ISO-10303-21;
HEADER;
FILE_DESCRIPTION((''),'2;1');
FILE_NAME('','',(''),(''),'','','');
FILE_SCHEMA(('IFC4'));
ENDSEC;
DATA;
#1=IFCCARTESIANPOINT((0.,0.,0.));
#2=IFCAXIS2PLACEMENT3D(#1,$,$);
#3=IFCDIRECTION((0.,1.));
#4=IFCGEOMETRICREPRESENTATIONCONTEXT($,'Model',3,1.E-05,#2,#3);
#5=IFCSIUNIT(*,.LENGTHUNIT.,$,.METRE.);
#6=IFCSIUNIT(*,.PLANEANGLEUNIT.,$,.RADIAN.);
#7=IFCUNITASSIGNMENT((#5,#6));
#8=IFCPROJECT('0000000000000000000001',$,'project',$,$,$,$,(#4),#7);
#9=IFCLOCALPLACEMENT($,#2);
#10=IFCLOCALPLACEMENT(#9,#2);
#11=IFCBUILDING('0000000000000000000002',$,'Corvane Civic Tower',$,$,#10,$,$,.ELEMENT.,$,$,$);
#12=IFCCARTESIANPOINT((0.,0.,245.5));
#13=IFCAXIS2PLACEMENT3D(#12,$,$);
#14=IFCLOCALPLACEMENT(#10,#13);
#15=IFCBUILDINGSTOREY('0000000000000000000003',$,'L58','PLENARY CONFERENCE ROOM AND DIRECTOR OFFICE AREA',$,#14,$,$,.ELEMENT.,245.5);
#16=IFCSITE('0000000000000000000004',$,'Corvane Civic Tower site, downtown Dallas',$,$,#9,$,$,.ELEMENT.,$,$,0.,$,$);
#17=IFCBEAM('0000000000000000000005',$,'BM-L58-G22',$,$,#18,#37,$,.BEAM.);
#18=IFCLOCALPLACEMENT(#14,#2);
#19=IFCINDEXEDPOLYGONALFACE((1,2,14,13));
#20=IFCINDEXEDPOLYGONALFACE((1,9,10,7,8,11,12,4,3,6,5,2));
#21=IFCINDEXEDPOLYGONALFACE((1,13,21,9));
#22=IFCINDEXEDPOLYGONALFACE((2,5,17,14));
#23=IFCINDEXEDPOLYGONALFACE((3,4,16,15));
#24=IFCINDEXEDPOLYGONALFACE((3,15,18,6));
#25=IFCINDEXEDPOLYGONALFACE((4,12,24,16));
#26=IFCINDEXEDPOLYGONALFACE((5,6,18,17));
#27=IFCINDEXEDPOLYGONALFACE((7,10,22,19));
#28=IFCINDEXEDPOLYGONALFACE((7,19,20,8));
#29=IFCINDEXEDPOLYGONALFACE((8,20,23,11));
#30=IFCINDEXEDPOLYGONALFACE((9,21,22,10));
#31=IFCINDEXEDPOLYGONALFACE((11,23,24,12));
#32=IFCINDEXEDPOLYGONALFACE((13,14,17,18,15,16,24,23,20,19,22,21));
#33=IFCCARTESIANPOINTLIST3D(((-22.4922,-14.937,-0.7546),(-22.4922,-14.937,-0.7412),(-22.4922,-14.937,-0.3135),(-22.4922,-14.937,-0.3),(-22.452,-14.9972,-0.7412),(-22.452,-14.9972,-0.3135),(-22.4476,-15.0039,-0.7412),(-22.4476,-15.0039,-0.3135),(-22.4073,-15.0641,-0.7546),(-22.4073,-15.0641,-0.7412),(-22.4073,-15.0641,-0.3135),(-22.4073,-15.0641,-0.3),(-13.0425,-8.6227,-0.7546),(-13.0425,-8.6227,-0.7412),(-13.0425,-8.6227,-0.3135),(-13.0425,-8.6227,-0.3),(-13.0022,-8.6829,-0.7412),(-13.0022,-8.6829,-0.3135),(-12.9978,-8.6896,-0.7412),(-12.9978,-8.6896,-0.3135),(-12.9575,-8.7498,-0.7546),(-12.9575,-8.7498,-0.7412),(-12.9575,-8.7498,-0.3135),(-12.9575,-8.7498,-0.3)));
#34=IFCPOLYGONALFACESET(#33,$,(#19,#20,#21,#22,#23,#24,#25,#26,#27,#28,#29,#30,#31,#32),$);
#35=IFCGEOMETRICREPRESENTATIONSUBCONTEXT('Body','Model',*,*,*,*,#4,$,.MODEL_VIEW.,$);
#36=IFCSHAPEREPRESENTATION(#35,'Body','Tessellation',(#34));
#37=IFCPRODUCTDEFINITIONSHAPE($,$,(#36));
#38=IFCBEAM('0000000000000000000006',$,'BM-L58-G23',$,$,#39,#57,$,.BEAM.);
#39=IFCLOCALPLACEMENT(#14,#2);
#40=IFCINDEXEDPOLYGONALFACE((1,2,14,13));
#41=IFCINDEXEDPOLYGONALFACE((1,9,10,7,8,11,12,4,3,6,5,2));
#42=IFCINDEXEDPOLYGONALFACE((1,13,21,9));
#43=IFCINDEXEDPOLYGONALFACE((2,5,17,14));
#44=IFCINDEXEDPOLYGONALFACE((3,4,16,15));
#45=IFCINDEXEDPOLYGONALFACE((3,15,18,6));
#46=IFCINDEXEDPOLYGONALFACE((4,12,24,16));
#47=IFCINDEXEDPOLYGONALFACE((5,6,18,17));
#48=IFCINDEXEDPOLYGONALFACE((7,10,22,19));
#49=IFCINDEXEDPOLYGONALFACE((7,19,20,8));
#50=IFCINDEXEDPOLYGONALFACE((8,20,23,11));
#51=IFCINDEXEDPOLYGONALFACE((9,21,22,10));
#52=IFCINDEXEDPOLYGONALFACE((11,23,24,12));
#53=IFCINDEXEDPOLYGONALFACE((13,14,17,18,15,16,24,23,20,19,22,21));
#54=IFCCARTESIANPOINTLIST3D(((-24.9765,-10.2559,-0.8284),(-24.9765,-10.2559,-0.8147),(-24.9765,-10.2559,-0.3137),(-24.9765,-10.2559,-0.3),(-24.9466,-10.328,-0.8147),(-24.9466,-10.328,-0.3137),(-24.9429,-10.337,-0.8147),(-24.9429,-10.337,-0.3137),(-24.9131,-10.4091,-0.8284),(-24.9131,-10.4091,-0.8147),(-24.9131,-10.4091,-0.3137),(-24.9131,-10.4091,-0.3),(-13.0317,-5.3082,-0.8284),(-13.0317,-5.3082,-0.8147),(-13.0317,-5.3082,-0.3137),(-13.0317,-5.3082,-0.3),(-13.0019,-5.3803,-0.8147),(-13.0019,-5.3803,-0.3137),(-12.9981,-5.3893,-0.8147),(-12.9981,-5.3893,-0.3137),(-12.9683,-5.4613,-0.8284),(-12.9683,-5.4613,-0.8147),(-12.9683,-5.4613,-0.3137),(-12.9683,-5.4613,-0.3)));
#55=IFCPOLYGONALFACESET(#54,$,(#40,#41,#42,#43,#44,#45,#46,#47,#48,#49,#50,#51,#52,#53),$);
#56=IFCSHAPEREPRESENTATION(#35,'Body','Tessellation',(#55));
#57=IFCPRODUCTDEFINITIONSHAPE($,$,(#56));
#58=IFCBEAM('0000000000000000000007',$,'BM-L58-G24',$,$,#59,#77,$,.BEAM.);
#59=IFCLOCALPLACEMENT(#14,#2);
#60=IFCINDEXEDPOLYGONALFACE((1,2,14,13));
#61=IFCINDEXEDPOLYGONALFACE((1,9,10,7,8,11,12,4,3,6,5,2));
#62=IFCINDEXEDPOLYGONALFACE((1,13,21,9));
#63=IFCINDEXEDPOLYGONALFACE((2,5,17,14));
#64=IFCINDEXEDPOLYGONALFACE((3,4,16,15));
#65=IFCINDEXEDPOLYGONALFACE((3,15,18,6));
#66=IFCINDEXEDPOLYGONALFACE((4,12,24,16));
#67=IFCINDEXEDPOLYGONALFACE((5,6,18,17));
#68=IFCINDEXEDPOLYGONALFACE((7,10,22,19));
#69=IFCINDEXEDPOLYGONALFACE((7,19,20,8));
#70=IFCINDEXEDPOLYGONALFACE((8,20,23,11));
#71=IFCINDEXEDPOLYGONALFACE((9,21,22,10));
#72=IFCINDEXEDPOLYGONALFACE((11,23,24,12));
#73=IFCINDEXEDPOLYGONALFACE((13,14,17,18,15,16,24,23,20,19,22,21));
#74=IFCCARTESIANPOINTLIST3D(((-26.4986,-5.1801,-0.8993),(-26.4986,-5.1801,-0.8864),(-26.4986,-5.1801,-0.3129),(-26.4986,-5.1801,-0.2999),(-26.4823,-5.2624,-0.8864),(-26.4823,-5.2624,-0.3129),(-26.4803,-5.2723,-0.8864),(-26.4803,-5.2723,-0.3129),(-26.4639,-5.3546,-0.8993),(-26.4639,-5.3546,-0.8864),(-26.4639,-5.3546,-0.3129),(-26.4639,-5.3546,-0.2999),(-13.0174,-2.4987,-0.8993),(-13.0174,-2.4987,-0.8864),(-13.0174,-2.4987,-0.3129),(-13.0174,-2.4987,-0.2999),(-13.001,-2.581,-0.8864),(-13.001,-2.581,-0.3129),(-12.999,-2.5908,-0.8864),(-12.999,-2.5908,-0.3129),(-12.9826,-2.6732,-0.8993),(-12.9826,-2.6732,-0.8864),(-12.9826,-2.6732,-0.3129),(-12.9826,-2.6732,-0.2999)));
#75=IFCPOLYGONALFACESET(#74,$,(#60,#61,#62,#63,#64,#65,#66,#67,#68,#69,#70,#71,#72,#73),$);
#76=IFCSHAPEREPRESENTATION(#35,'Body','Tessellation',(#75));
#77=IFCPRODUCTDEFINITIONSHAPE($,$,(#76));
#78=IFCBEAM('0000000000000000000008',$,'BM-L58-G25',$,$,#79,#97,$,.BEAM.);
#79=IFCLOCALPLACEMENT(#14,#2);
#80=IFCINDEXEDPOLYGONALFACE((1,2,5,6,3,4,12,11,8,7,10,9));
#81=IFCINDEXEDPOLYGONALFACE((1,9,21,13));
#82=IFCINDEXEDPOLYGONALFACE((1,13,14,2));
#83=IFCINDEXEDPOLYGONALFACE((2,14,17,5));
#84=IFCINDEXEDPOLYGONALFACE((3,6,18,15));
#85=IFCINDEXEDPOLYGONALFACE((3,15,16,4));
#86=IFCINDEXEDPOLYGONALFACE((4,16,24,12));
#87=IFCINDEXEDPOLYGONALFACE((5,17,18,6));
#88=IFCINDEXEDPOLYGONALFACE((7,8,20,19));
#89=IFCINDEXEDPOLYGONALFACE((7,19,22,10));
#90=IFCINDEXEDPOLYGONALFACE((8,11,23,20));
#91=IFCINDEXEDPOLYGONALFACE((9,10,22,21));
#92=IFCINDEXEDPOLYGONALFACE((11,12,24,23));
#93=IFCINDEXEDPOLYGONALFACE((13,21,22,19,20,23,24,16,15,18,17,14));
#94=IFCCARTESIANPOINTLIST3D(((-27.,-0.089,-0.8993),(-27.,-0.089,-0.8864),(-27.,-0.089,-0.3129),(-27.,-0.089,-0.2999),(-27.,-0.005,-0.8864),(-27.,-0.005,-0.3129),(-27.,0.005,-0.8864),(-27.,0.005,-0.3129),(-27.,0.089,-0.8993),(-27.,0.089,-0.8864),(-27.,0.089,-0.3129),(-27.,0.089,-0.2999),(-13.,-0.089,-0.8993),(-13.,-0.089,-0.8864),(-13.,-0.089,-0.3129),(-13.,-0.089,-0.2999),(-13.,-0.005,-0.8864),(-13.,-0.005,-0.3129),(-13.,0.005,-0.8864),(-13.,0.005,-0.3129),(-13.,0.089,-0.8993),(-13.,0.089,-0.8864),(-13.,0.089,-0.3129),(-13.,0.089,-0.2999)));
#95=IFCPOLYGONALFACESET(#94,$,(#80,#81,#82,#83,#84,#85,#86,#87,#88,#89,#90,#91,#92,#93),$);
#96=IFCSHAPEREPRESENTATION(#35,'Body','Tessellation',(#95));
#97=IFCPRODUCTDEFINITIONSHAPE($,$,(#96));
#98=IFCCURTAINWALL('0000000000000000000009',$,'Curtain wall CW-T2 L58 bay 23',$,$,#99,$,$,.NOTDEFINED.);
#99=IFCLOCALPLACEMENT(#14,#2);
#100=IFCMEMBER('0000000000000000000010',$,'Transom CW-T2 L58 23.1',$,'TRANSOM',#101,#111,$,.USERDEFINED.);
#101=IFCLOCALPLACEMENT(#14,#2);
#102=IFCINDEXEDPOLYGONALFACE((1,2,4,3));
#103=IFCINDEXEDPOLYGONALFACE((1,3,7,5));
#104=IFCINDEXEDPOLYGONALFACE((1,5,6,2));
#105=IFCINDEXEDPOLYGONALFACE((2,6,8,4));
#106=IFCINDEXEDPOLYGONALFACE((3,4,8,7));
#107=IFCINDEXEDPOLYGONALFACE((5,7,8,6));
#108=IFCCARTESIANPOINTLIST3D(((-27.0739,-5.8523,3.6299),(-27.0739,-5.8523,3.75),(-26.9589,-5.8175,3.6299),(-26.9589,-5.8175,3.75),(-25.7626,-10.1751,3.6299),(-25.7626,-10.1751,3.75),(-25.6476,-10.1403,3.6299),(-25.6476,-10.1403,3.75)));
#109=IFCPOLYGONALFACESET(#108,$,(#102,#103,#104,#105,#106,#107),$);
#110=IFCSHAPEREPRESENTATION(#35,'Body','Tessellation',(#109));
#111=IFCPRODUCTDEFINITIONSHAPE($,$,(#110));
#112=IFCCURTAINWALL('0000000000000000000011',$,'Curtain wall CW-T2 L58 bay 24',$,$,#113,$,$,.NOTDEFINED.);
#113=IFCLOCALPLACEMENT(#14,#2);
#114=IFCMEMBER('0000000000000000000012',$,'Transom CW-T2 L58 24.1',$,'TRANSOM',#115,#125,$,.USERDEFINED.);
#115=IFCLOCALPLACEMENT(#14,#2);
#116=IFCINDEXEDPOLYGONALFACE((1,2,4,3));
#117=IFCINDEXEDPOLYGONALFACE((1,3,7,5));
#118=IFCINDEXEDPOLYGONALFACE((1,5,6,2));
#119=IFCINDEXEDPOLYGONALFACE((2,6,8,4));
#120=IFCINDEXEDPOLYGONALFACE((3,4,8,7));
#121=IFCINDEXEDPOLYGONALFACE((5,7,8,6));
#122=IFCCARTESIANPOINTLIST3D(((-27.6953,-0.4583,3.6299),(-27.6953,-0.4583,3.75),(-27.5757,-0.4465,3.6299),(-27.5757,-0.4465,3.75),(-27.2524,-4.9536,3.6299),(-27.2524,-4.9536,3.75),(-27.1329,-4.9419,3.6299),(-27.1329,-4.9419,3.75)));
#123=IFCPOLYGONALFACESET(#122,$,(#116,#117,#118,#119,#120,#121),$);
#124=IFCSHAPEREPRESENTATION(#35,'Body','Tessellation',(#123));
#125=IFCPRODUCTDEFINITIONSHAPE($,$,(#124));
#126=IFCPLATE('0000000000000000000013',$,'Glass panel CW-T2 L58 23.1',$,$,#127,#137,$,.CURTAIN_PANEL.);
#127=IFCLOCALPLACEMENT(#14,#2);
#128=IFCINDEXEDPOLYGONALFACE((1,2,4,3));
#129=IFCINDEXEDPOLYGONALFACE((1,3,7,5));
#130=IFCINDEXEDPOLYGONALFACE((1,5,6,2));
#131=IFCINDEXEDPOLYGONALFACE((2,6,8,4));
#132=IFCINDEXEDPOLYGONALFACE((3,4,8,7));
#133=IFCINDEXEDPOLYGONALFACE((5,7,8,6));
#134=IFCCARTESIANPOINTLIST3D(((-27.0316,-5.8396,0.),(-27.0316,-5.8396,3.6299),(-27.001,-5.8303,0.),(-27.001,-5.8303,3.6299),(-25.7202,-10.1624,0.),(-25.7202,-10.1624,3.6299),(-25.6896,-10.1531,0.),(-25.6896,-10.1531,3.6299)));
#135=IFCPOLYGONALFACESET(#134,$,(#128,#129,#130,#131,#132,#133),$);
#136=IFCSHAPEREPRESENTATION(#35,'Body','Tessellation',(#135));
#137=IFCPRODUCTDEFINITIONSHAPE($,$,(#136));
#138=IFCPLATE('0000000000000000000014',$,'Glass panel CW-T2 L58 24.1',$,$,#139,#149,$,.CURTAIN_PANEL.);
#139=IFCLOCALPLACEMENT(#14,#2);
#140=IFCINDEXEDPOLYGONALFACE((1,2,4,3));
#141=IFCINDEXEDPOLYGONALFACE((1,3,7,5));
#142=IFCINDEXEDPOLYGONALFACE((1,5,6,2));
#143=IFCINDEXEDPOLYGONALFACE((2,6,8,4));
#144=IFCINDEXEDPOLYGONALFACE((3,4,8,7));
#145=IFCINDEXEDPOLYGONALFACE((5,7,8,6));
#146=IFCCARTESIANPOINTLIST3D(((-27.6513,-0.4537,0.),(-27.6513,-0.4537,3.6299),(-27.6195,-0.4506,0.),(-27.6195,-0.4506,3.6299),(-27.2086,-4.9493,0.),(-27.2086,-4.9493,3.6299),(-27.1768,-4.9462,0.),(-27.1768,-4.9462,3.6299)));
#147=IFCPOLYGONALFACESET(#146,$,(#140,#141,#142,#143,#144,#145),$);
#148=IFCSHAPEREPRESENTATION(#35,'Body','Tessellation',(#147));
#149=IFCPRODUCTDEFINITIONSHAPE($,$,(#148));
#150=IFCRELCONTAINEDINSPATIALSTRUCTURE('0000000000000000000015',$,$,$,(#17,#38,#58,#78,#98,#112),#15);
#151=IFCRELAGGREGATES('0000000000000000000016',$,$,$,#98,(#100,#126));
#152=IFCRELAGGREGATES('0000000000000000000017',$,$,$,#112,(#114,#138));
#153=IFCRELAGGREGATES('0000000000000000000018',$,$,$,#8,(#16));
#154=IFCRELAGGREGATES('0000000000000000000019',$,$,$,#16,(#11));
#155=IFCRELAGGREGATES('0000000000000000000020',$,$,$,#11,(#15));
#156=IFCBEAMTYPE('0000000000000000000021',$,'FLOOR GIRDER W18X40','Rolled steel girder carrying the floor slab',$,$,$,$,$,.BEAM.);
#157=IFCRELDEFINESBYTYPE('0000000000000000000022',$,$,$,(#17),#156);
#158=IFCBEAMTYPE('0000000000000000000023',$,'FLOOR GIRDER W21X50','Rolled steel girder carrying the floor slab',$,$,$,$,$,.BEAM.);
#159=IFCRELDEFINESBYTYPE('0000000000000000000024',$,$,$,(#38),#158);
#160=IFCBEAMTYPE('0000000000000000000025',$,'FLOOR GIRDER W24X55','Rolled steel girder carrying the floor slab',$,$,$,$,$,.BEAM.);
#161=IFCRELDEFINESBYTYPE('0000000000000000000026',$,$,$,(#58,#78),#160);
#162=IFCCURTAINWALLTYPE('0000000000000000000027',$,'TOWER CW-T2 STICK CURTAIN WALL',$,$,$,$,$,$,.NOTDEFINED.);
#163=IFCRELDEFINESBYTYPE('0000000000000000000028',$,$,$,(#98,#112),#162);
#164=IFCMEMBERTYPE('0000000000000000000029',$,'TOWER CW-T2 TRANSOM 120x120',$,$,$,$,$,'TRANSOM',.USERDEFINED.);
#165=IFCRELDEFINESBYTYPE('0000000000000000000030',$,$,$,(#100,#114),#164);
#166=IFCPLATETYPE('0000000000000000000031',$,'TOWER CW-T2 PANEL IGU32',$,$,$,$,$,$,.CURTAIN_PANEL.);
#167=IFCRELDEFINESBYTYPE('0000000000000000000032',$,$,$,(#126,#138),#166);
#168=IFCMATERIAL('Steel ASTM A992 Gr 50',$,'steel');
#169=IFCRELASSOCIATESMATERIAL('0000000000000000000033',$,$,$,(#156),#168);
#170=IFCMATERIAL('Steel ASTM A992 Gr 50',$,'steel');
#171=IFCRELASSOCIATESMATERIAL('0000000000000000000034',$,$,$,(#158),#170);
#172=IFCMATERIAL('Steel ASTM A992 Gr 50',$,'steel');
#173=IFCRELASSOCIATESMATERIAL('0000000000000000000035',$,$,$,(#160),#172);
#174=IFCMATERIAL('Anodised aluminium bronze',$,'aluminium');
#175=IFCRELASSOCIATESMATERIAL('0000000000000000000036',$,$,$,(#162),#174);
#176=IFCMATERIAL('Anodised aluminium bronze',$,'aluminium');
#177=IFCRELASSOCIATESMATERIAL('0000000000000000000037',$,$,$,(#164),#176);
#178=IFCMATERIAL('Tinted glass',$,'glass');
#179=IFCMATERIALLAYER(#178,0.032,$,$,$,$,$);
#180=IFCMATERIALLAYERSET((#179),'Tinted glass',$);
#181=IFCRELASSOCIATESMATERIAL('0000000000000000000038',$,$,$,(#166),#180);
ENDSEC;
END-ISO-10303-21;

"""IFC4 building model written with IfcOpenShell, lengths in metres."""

from ifc_helpers import new_model, si_unit, direction, frame, origin, origin_2d, place, context, subcontext, project, spatial, rectangle, i_section, extrude, material, layer, layer_set, material_profile, profile_set, type_object, element, aggregate, save


model = new_model("IFC4")

# Units and contexts
model_context = context("Model", 3, precision=1e-05, world=origin(), true_north=direction((0.0, 1.0)))
body_context = subcontext(model_context, "Body", "Model", "MODEL_VIEW")
ifc_project = project(units=[si_unit("LENGTHUNIT", "METRE"), si_unit("PLANEANGLEUNIT", "RADIAN")], contexts=[model_context])

# Site, building, storey
site_placement = place(None, origin())
site = spatial("IfcSite", under=ifc_project, at=site_placement, Name="Corvane Civic Tower site, downtown Dallas", CompositionType="ELEMENT", RefElevation=0.0)
building_placement = place(site_placement, origin())
building = spatial("IfcBuilding", under=site, at=building_placement, Name="Corvane Civic Tower", CompositionType="ELEMENT")
storey_placement = place(building_placement, frame((0.0, 0.0, 245.5)))
storey = spatial("IfcBuildingStorey", under=building, at=storey_placement, Name="L58", Description="PLENARY CONFERENCE ROOM AND DIRECTOR OFFICE AREA", CompositionType="ELEMENT", Elevation=245.5)

# Beams
ifc_material_1 = material(Name="Steel ASTM A992 Gr 50", Category="steel")
ifc_material_profile_1 = material_profile(ifc_material_1, i_section(OverallWidth=0.1528, OverallDepth=0.4546, WebThickness=0.0081, FlangeThickness=0.0134, at=origin_2d()), Name="W18X40")
ifc_profile_set_1 = profile_set([ifc_material_profile_1], Name="Steel ASTM A992 Gr 50")
beam_type_1 = type_object("IfcBeamType", Name="FLOOR GIRDER W18X40", Description="Rolled steel girder carrying the floor slab", PredefinedType="BEAM", material=ifc_profile_set_1)
beam_1_placement = place(storey_placement, frame((-13.0, -8.6863, -0.5273), z_axis=(-0.831465, -0.555577, 0.0), x_axis=(0.555577, -0.831465, 0.0)))
element("IfcBeam", 1, at=beam_1_placement, inside=storey, type_object=beam_type_1, Name="BM-L58-G22", PredefinedType="BEAM", context=body_context, shape_type="SweptSolid", body=[
    extrude(i_section(OverallWidth=0.1528, OverallDepth=0.4546, WebThickness=0.0081, FlangeThickness=0.0134, at=origin_2d()), origin(), (0.0, 0.0, 1.0), 11.3652),
])
ifc_material_2 = material(Name="Steel ASTM A992 Gr 50", Category="steel")
ifc_material_profile_2 = material_profile(ifc_material_2, i_section(OverallWidth=0.1658, OverallDepth=0.5283, WebThickness=0.0098, FlangeThickness=0.0137, at=origin_2d()), Name="W21X50")
ifc_profile_set_2 = profile_set([ifc_material_profile_2], Name="Steel ASTM A992 Gr 50")
beam_type_2 = type_object("IfcBeamType", Name="FLOOR GIRDER W21X50", Description="Rolled steel girder carrying the floor slab", PredefinedType="BEAM", material=ifc_profile_set_2)
beam_2_placement = place(storey_placement, frame((-13.0, -5.3848, -0.5642), z_axis=(-0.923878, -0.382686, 0.0), x_axis=(0.382686, -0.923878, 0.0)))
element("IfcBeam", 2, at=beam_2_placement, inside=storey, type_object=beam_type_2, Name="BM-L58-G23", PredefinedType="BEAM", context=body_context, shape_type="SweptSolid", body=[
    extrude(i_section(OverallWidth=0.1658, OverallDepth=0.5283, WebThickness=0.0098, FlangeThickness=0.0137, at=origin_2d()), origin(), (0.0, 0.0, 1.0), 12.929),
])
ifc_material_3 = material(Name="Steel ASTM A992 Gr 50", Category="steel")
ifc_material_profile_3 = material_profile(ifc_material_3, i_section(OverallWidth=0.178, OverallDepth=0.5994, WebThickness=0.01, FlangeThickness=0.0129, at=origin_2d()), Name="W24X55")
ifc_profile_set_3 = profile_set([ifc_material_profile_3], Name="Steel ASTM A992 Gr 50")
beam_type_3 = type_object("IfcBeamType", Name="FLOOR GIRDER W24X55", Description="Rolled steel girder carrying the floor slab", PredefinedType="BEAM", material=ifc_profile_set_3)
beam_3_placement = place(storey_placement, frame((-13.0, -2.5859, -0.5996), z_axis=(-0.980788, -0.195078, 0.0), x_axis=(0.195078, -0.980788, 0.0)))
element("IfcBeam", 3, at=beam_3_placement, inside=storey, type_object=beam_type_3, Name="BM-L58-G24", PredefinedType="BEAM", context=body_context, shape_type="SweptSolid", body=[
    extrude(i_section(OverallWidth=0.178, OverallDepth=0.5994, WebThickness=0.01, FlangeThickness=0.0129, at=origin_2d()), origin(), (0.0, 0.0, 1.0), 13.7454),
])
beam_4_placement = place(storey_placement, frame((-13.0, 0.0, -0.5996), z_axis=(-1.0, 0.0, 0.0), x_axis=(0.0, -1.0, 0.0)))
element("IfcBeam", 4, at=beam_4_placement, inside=storey, type_object=beam_type_3, Name="BM-L58-G25", PredefinedType="BEAM", context=body_context, shape_type="SweptSolid", body=[
    extrude(i_section(OverallWidth=0.178, OverallDepth=0.5994, WebThickness=0.01, FlangeThickness=0.0129, at=origin_2d()), origin(), (0.0, 0.0, 1.0), 14.0),
])

# Curtain walls, members
ifc_material_4 = material(Name="Anodised aluminium bronze", Category="aluminium")
curtain_wall_type = type_object("IfcCurtainWallType", Name="TOWER CW-T2 STICK CURTAIN WALL", PredefinedType="NOTDEFINED", material=ifc_material_4)
curtain_wall_1_placement = place(storey_placement, origin())
curtain_wall_1 = element("IfcCurtainWall", 5, at=curtain_wall_1_placement, inside=storey, type_object=curtain_wall_type, Name="Curtain wall CW-T2 L58 bay 23", PredefinedType="NOTDEFINED")
ifc_material_5 = material(Name="Anodised aluminium bronze", Category="aluminium")
ifc_material_profile_4 = material_profile(ifc_material_5, rectangle(XDim=0.1201, YDim=0.1201, at=origin_2d()), Name="TOWER CW-T2 TRANSOM 120x120")
ifc_profile_set_4 = profile_set([ifc_material_profile_4], Name="Anodised aluminium bronze")
member_type = type_object("IfcMemberType", Name="TOWER CW-T2 TRANSOM 120x120", ElementType="TRANSOM", PredefinedType="USERDEFINED", material=ifc_profile_set_4)
member_1_placement = place(storey_placement, frame((-25.7051, -10.1577, 3.6899), z_axis=(-0.290282, 0.956941, 0.0), x_axis=(-0.956941, -0.290282, 0.0)))
member_1 = element("IfcMember", 6, at=member_1_placement, type_object=member_type, Name="Transom CW-T2 L58 23.1", ObjectType="TRANSOM", PredefinedType="USERDEFINED", context=body_context, shape_type="SweptSolid", body=[
    extrude(rectangle(XDim=0.1201, YDim=0.1201, at=origin_2d()), origin(), (0.0, 0.0, 1.0), 4.5173),
])
curtain_wall_2_placement = place(storey_placement, origin())
curtain_wall_2 = element("IfcCurtainWall", 7, at=curtain_wall_2_placement, inside=storey, type_object=curtain_wall_type, Name="Curtain wall CW-T2 L58 bay 24", PredefinedType="NOTDEFINED")
member_2_placement = place(storey_placement, frame((-27.1926, -4.9478, 3.6899), z_axis=(-0.098043, 0.995182, 0.0), x_axis=(-0.995182, -0.098043, 0.0)))
member_2 = element("IfcMember", 8, at=member_2_placement, type_object=member_type, Name="Transom CW-T2 L58 24.1", ObjectType="TRANSOM", PredefinedType="USERDEFINED", context=body_context, shape_type="SweptSolid", body=[
    extrude(rectangle(XDim=0.1201, YDim=0.1201, at=origin_2d()), origin(), (0.0, 0.0, 1.0), 4.5171),
])

# Plates
ifc_material_6 = material(Name="Tinted glass", Category="glass")
ifc_layer_1 = layer(ifc_material_6, 0.032)
ifc_layer_set_1 = layer_set([ifc_layer_1], Name="Tinted glass")
plate_type = type_object("IfcPlateType", Name="TOWER CW-T2 PANEL IGU32", PredefinedType="CURTAIN_PANEL", material=ifc_layer_set_1)
plate_1_placement = place(storey_placement, frame((-26.3606, -7.9963, 0.0), z_axis=(0.0, 0.0, 1.0), x_axis=(-0.29029, 0.956939, 0.0)))
plate_1 = element("IfcPlate", 9, at=plate_1_placement, type_object=plate_type, Name="Glass panel CW-T2 L58 23.1", PredefinedType="CURTAIN_PANEL", context=body_context, shape_type="SweptSolid", body=[
    extrude(rectangle(XDim=4.5173, YDim=0.032, at=origin_2d()), origin(), (0.0, 0.0, 1.0), 3.6299),
])
aggregate(curtain_wall_1, [member_1, plate_1])
plate_2_placement = place(storey_placement, frame((-27.4141, -2.7, 0.0), z_axis=(0.0, 0.0, 1.0), x_axis=(-0.097993, 0.995187, 0.0)))
plate_2 = element("IfcPlate", 10, at=plate_2_placement, type_object=plate_type, Name="Glass panel CW-T2 L58 24.1", PredefinedType="CURTAIN_PANEL", context=body_context, shape_type="SweptSolid", body=[
    extrude(rectangle(XDim=4.5173, YDim=0.032, at=origin_2d()), origin(), (0.0, 0.0, 1.0), 3.6299),
])
aggregate(curtain_wall_2, [member_2, plate_2])

save(model, "model.ifc")
